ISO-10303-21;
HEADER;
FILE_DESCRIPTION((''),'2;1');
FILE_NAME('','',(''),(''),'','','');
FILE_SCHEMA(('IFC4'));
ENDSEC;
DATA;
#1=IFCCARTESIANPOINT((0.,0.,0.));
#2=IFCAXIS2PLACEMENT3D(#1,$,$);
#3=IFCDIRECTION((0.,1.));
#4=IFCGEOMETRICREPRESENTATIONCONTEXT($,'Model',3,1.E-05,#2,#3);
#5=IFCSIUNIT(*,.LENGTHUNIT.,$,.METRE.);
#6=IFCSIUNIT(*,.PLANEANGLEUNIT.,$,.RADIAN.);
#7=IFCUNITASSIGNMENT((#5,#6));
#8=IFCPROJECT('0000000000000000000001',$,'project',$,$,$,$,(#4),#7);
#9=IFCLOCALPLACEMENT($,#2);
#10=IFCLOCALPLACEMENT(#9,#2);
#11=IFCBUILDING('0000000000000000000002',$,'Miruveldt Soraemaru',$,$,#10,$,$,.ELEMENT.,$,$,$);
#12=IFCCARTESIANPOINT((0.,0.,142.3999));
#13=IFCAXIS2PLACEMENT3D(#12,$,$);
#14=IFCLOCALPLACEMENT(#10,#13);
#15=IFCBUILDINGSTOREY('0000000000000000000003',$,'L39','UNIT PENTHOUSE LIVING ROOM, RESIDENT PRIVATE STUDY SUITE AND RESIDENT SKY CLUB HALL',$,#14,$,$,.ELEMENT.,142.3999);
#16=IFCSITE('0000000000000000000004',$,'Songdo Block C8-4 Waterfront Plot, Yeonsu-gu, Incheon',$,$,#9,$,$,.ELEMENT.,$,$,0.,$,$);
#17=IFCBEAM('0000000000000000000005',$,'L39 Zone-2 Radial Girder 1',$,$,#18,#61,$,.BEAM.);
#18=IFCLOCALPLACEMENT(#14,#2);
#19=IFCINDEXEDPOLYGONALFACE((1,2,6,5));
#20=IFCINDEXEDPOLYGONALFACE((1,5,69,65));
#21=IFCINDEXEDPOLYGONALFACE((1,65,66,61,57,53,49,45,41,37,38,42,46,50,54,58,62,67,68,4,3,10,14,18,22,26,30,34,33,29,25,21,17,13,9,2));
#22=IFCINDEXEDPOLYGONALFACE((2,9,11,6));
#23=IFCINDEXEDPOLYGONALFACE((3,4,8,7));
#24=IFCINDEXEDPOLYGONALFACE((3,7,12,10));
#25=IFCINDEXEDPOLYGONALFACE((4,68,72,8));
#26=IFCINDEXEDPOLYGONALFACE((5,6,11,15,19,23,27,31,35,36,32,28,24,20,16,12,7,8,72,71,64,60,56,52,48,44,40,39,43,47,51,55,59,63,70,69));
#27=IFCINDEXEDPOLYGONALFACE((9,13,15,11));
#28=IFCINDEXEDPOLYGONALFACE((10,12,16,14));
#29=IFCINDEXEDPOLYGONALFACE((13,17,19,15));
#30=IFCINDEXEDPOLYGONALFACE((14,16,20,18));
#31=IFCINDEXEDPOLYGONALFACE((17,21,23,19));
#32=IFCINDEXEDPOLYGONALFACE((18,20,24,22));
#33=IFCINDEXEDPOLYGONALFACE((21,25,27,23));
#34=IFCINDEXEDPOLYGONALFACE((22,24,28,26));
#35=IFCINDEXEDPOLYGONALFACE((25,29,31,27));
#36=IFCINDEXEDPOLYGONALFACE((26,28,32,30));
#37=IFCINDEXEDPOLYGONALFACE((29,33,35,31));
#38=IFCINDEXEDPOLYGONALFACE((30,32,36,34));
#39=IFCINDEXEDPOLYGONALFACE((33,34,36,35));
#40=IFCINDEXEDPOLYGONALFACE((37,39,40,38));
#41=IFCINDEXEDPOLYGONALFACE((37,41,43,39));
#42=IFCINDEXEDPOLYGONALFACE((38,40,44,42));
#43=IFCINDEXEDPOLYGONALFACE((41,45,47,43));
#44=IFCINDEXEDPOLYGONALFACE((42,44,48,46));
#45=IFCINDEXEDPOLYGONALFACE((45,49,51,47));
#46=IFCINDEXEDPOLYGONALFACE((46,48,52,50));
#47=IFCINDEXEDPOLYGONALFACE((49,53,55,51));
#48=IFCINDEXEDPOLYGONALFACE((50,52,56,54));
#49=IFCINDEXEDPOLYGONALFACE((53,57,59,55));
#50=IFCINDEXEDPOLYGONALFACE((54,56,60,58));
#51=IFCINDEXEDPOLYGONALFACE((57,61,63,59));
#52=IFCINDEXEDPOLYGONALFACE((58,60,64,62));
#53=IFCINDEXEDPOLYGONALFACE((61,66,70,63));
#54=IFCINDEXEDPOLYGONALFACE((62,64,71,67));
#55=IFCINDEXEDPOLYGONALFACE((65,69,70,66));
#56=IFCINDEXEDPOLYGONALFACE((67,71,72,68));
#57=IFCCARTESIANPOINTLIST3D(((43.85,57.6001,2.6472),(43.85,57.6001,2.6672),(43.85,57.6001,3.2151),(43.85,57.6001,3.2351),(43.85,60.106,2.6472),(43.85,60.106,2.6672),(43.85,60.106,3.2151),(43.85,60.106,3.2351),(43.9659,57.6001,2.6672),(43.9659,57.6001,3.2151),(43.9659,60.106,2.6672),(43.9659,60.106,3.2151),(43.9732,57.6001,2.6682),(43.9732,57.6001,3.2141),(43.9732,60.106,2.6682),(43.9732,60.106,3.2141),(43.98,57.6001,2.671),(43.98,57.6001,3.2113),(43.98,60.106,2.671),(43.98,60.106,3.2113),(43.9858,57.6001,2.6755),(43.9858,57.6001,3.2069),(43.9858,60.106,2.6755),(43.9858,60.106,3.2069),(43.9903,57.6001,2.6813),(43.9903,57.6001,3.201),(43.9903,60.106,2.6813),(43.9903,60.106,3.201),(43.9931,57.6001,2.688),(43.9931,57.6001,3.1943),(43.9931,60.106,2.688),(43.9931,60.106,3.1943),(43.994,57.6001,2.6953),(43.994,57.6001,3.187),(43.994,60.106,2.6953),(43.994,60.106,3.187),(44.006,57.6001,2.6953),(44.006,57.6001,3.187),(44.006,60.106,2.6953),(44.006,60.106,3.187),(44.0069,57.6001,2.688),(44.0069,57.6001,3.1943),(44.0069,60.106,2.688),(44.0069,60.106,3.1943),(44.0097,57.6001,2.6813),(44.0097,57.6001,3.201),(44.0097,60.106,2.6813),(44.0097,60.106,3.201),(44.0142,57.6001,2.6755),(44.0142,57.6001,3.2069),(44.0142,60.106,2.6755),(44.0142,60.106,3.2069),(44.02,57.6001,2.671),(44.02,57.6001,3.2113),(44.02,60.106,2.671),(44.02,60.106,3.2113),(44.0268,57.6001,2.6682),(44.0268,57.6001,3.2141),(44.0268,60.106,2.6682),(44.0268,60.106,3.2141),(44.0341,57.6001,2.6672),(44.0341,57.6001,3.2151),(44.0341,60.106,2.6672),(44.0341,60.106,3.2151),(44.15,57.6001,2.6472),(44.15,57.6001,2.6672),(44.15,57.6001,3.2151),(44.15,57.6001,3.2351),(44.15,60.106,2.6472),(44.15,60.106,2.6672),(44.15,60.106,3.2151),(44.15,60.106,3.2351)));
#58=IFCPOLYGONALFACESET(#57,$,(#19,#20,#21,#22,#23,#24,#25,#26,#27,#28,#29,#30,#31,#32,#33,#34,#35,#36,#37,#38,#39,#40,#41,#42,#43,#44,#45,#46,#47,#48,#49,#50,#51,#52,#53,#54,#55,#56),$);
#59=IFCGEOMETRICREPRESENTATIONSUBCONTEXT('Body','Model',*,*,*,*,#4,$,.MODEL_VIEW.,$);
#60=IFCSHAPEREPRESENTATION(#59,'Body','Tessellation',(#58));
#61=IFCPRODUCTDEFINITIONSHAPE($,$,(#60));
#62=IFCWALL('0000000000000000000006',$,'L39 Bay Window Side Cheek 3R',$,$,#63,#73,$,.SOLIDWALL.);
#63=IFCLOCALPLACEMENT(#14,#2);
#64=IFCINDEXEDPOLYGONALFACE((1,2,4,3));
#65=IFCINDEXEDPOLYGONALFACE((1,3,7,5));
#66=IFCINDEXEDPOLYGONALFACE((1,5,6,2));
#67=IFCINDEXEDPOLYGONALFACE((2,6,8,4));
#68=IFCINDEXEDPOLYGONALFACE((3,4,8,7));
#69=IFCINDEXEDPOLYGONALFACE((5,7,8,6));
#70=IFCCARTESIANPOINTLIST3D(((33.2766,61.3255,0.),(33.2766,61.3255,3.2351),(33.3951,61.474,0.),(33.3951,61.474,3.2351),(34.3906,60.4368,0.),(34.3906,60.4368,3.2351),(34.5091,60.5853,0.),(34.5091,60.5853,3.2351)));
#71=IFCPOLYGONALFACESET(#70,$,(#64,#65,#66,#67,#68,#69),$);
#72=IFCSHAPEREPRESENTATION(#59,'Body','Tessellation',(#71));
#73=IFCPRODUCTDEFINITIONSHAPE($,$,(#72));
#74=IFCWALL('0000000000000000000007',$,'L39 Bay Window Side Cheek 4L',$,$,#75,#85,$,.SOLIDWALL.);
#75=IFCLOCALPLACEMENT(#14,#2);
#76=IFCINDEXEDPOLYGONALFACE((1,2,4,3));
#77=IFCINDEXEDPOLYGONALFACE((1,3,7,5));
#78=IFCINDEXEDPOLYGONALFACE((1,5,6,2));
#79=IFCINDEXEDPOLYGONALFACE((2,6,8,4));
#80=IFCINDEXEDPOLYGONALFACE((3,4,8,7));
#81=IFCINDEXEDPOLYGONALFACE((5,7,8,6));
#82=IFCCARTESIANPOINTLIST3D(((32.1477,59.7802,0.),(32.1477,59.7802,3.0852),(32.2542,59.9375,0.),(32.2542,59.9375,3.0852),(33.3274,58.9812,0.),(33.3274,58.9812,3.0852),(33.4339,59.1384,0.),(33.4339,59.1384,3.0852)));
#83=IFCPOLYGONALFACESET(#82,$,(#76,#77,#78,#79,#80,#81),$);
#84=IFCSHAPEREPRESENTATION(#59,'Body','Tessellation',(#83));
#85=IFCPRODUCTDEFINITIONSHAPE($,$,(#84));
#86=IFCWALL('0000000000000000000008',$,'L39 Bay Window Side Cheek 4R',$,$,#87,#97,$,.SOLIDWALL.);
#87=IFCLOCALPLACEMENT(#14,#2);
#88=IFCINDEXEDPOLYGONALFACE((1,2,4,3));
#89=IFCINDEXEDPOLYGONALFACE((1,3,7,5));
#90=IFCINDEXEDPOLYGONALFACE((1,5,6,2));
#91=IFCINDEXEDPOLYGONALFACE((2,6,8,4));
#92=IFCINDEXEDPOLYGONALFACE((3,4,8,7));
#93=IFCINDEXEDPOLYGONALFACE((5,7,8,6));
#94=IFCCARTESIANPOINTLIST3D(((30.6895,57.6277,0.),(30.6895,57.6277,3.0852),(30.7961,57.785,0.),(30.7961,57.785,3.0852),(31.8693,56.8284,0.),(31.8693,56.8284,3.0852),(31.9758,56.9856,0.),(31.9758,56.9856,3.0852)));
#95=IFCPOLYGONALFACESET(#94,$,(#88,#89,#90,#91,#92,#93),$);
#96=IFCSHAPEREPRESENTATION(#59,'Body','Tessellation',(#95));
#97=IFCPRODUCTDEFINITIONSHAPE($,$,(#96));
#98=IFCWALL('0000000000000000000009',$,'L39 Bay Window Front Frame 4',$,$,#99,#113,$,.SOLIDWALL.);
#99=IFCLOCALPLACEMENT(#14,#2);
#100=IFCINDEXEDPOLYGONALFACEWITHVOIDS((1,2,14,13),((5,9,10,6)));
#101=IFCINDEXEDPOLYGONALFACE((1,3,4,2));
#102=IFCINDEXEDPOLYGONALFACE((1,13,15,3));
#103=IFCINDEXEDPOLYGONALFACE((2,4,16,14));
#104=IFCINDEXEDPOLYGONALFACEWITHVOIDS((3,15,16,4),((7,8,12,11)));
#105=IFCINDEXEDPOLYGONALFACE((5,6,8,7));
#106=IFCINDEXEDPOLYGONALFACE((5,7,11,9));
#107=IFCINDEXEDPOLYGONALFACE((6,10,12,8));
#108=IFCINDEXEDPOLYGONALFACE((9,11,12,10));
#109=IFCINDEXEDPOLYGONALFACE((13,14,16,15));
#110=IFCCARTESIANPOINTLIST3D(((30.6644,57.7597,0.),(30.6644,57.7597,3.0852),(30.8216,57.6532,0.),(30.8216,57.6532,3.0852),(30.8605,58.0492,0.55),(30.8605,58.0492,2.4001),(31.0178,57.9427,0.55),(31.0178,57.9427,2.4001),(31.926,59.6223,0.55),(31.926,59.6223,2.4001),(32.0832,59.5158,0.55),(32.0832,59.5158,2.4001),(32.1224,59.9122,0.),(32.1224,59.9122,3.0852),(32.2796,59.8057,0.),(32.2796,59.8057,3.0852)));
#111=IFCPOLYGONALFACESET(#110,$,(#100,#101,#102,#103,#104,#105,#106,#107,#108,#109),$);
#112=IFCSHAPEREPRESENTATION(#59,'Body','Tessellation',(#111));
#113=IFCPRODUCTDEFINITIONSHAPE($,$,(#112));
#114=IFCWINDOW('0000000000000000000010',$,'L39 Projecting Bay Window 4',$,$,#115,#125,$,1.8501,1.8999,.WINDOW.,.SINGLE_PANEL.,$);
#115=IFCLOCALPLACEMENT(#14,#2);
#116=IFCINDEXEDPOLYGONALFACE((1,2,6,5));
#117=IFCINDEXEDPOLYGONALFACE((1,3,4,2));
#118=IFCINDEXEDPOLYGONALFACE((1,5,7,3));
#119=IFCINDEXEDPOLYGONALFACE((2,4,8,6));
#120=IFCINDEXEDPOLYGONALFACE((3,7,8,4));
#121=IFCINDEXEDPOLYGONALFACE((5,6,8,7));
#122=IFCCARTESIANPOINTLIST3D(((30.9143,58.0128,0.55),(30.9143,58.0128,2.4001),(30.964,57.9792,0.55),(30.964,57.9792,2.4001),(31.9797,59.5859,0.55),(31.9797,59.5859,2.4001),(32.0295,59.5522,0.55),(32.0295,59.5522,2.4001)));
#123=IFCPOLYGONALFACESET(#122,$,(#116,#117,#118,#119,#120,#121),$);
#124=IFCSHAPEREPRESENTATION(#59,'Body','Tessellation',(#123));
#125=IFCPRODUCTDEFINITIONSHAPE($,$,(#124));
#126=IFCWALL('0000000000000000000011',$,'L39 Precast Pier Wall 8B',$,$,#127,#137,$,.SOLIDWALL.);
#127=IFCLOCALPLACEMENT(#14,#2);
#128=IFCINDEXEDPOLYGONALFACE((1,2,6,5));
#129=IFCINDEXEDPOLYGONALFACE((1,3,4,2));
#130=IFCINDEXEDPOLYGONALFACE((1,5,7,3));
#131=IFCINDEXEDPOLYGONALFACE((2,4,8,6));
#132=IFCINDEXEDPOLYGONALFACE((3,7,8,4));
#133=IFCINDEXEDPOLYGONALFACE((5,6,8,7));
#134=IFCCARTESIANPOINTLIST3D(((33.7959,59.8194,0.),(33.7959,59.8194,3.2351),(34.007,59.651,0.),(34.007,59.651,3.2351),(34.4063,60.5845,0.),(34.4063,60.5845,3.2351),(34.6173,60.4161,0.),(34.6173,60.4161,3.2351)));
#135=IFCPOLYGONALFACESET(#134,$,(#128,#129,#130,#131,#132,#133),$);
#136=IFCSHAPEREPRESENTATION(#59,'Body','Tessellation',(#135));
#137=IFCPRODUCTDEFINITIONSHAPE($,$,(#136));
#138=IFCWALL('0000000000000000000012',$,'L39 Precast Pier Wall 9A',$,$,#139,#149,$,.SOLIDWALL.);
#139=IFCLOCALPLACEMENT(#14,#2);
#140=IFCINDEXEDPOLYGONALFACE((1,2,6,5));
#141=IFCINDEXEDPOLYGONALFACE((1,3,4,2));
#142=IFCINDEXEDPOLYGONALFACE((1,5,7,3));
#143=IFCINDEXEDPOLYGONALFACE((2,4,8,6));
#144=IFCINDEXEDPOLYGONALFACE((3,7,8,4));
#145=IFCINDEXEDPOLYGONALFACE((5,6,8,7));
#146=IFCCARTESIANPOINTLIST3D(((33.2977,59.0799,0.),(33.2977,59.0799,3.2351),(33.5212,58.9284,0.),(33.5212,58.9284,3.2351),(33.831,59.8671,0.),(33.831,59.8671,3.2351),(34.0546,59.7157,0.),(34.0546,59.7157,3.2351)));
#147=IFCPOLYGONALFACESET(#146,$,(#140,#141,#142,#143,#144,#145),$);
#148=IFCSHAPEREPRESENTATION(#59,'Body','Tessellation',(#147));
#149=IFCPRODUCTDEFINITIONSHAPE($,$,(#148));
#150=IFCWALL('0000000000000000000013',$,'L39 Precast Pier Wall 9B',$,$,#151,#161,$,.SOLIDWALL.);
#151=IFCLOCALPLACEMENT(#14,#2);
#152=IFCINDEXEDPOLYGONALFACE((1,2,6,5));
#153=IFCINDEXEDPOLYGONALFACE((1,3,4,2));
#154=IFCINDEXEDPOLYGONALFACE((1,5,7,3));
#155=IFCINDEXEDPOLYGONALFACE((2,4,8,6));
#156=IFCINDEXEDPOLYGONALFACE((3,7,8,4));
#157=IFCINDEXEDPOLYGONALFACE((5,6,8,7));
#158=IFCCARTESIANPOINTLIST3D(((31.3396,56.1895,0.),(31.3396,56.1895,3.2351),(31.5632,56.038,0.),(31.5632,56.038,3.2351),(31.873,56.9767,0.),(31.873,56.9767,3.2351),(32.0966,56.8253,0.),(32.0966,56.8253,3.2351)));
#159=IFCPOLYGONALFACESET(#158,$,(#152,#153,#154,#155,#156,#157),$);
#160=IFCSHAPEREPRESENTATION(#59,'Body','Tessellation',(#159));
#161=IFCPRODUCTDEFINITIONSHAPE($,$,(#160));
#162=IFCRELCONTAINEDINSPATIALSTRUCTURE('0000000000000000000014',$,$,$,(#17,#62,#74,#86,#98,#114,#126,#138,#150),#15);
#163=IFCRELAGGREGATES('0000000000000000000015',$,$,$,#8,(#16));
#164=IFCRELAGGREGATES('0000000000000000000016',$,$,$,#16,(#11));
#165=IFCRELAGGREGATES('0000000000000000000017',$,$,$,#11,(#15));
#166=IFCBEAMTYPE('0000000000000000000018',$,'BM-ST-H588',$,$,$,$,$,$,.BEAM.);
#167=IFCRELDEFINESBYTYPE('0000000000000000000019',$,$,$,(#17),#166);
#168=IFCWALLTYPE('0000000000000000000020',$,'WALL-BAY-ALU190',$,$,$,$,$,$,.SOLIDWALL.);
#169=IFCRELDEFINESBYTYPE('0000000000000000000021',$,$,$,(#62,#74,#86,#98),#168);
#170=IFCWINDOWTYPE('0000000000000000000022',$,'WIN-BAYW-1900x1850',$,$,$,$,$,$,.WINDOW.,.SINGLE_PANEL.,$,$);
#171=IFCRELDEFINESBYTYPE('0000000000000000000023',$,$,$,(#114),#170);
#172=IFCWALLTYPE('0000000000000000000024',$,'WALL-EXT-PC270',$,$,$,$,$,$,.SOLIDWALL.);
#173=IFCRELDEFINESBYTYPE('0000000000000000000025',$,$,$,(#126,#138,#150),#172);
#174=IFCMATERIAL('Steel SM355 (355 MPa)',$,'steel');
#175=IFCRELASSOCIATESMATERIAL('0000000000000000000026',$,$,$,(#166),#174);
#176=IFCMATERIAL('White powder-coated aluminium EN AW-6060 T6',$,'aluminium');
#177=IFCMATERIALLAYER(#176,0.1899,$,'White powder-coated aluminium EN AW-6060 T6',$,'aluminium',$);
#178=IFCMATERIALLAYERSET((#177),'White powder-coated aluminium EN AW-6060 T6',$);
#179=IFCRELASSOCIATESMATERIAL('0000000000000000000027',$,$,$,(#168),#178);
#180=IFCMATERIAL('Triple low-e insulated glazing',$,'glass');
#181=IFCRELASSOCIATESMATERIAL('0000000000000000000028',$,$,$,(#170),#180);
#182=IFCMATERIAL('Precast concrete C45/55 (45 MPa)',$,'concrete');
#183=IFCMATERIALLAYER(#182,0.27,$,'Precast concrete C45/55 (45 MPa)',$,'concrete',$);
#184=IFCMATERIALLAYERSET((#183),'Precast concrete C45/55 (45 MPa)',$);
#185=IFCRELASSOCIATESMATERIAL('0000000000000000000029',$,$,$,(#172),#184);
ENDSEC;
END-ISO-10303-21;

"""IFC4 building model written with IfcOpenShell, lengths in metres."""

from ifc_helpers import new_model, si_unit, direction, frame, frame_2d, origin, origin_2d, place, context, subcontext, project, spatial, rectangle, i_section, extrude, material, layer, layer_set, material_profile, profile_set, type_object, element, fill, save


model = new_model("IFC4")

# Units and contexts
model_context = context("Model", 3, precision=1e-05, world=origin(), true_north=direction((0.0, 1.0)))
body_context = subcontext(model_context, "Body", "Model", "MODEL_VIEW")
ifc_project = project(units=[si_unit("LENGTHUNIT", "METRE"), si_unit("PLANEANGLEUNIT", "RADIAN")], contexts=[model_context])

# Site, building, storey
site_placement = place(None, origin())
site = spatial("IfcSite", under=ifc_project, at=site_placement, Name="Songdo Block C8-4 Waterfront Plot, Yeonsu-gu, Incheon", CompositionType="ELEMENT", RefElevation=0.0)
building_placement = place(site_placement, origin())
building = spatial("IfcBuilding", under=site, at=building_placement, Name="Miruveldt Soraemaru", CompositionType="ELEMENT")
storey_placement = place(building_placement, frame((0.0, 0.0, 142.3999)))
storey = spatial("IfcBuildingStorey", under=building, at=storey_placement, Name="L39", Description="UNIT PENTHOUSE LIVING ROOM, RESIDENT PRIVATE STUDY SUITE AND RESIDENT SKY CLUB HALL", CompositionType="ELEMENT", Elevation=142.3999)

# Beam
ifc_material_1 = material(Name="Steel SM355 (355 MPa)", Category="steel")
ifc_material_profile_1 = material_profile(ifc_material_1, i_section(OverallWidth=0.3, OverallDepth=0.5879, WebThickness=0.012, FlangeThickness=0.02, FilletRadius=0.0281, at=origin_2d()), Name="Steel SM355 (355 MPa)", Category="steel")
ifc_profile_set_1 = profile_set([ifc_material_profile_1], Name="Steel SM355 (355 MPa)")
beam_type_1 = type_object("IfcBeamType", Name="BM-ST-H588", PredefinedType="BEAM", material=ifc_profile_set_1)
beam_1_placement = place(storey_placement, frame((44.0, 57.6001, 2.9412), z_axis=(0.0, 1.0, 0.0), x_axis=(-1.0, 0.0, 0.0)))
element("IfcBeam", 1, at=beam_1_placement, inside=storey, type_object=beam_type_1, Name="L39 Zone-2 Radial Girder 1", PredefinedType="BEAM", context=body_context, shape_type="SweptSolid", body=[
    extrude(i_section(OverallWidth=0.3, OverallDepth=0.5879, WebThickness=0.012, FlangeThickness=0.02, FilletRadius=0.0281, at=origin_2d()), origin(), (0.0, 0.0, 1.0), 2.5059),
])

# Walls
ifc_material_2 = material(Name="White powder-coated aluminium EN AW-6060 T6", Category="aluminium")
ifc_layer_1 = layer(ifc_material_2, 0.1899, Name="White powder-coated aluminium EN AW-6060 T6", Category="aluminium")
ifc_layer_set_1 = layer_set([ifc_layer_1], Name="White powder-coated aluminium EN AW-6060 T6")
wall_type_1 = type_object("IfcWallType", Name="WALL-BAY-ALU190", PredefinedType="SOLIDWALL", material=ifc_layer_set_1)
wall_1_placement = place(storey_placement, frame((33.3359, 61.3997, 0.0), z_axis=(0.0, 0.0, 1.0), x_axis=(0.781737, -0.623608, 0.0)))
element("IfcWall", 2, at=wall_1_placement, inside=storey, type_object=wall_type_1, Name="L39 Bay Window Side Cheek 3R", PredefinedType="SOLIDWALL", context=body_context, shape_type="SweptSolid", body=[
    extrude(rectangle(XDim=1.425, YDim=0.1899, at=frame_2d((0.7124, 0.0))), origin(), (0.0, 0.0, 1.0), 3.2351),
])
wall_2_placement = place(storey_placement, frame((33.3806, 59.0598, 0.0), z_axis=(0.0, 0.0, 1.0), x_axis=(-0.827942, 0.560814, 0.0)))
element("IfcWall", 3, at=wall_2_placement, inside=storey, type_object=wall_type_1, Name="L39 Bay Window Side Cheek 4L", PredefinedType="SOLIDWALL", context=body_context, shape_type="SweptSolid", body=[
    extrude(rectangle(XDim=1.4248, YDim=0.1899, at=frame_2d((0.7124, 0.0))), origin(), (0.0, 0.0, 1.0), 3.0852),
])
wall_3_placement = place(storey_placement, frame((30.7429, 57.7063, 0.0), z_axis=(0.0, 0.0, 1.0), x_axis=(0.827862, -0.560931, 0.0)))
element("IfcWall", 4, at=wall_3_placement, inside=storey, type_object=wall_type_1, Name="L39 Bay Window Side Cheek 4R", PredefinedType="SOLIDWALL", context=body_context, shape_type="SweptSolid", body=[
    extrude(rectangle(XDim=1.425, YDim=0.1899, at=frame_2d((0.7124, 0.0))), origin(), (0.0, 0.0, 1.0), 3.0852),
])

# Wall, opening, window
wall_4_placement = place(storey_placement, frame((32.2009, 59.8589, 0.0), z_axis=(0.0, 0.0, 1.0), x_axis=(-0.560796, -0.827954, 0.0)))
wall_4 = element("IfcWall", 5, at=wall_4_placement, inside=storey, type_object=wall_type_1, Name="L39 Bay Window Front Frame 4", PredefinedType="SOLIDWALL", context=body_context, shape_type="SweptSolid", body=[
    extrude(rectangle(XDim=2.5999, YDim=0.1899, at=frame_2d((1.2998, 0.0))), origin(), (0.0, 0.0, 1.0), 3.0852),
])
opening_1_placement = place(wall_4_placement, frame((0.3501, 0.0, 0.55)))
opening_1 = element("IfcOpeningElement", 6, at=opening_1_placement, cuts=wall_4, PredefinedType="OPENING", context=body_context, shape_type="SweptSolid", body=[
    extrude(rectangle(XDim=1.8999, YDim=1.8501, at=frame_2d((0.95, 0.925))), frame((0.0, 0.105, 0.0), z_axis=(0.0, -1.0, 0.0), x_axis=(1.0, 0.0, 0.0)), (0.0, 0.0, 1.0), 0.21),
])
ifc_material_3 = material(Name="Triple low-e insulated glazing", Category="glass")
window_type_1 = type_object("IfcWindowType", Name="WIN-BAYW-1900x1850", PartitioningType="SINGLE_PANEL", PredefinedType="WINDOW", material=ifc_material_3)
window_1_placement = place(opening_1_placement, origin())
window_1 = element("IfcWindow", 7, at=window_1_placement, inside=storey, type_object=window_type_1, Name="L39 Projecting Bay Window 4", OverallHeight=1.8501, OverallWidth=1.8999, PartitioningType="SINGLE_PANEL", PredefinedType="WINDOW", context=body_context, shape_type="SweptSolid", body=[
    extrude(rectangle(XDim=1.8999, YDim=1.8501, at=frame_2d((0.95, 0.925))), frame((0.0, 0.03, 0.0), z_axis=(0.0, -1.0, 0.0), x_axis=(1.0, 0.0, 0.0)), (0.0, 0.0, 1.0), 0.0601),
])
fill(opening_1, window_1)

# Walls
ifc_material_4 = material(Name="Precast concrete C45/55 (45 MPa)", Category="concrete")
ifc_layer_2 = layer(ifc_material_4, 0.27, Name="Precast concrete C45/55 (45 MPa)", Category="concrete")
ifc_layer_set_2 = layer_set([ifc_layer_2], Name="Precast concrete C45/55 (45 MPa)")
wall_type_2 = type_object("IfcWallType", Name="WALL-EXT-PC270", PredefinedType="SOLIDWALL", material=ifc_layer_set_2)
wall_5_placement = place(storey_placement, frame((34.5117, 60.5002, 0.0), z_axis=(0.0, 0.0, 1.0), x_axis=(-0.623599, -0.781744, 0.0)))
element("IfcWall", 8, at=wall_5_placement, inside=storey, type_object=wall_type_2, Name="L39 Precast Pier Wall 8B", PredefinedType="SOLIDWALL", context=body_context, shape_type="SweptSolid", body=[
    extrude(rectangle(XDim=0.9788, YDim=0.27, at=frame_2d((0.4893, 0.0))), origin(), (0.0, 0.0, 1.0), 3.2351),
])
for number, where, z_axis, x_axis, name in (
    (9, (33.9429, 59.7915, 0.0), (0.0, 0.0, 1.0), (-0.560905, -0.82788, 0.0), "L39 Precast Pier Wall 9A"),
    (10, (31.9849, 56.9011, 0.0), (0.0, 0.0, 1.0), (-0.560905, -0.82788, 0.0), "L39 Precast Pier Wall 9B"),
):
    element("IfcWall", number, at=place(storey_placement, frame(where, z_axis=z_axis, x_axis=x_axis)), inside=storey, type_object=wall_type_2, Name=name, PredefinedType="SOLIDWALL", context=body_context, shape_type="SweptSolid", body=[
        extrude(rectangle(XDim=0.9509, YDim=0.27, at=frame_2d((0.4756, 0.0))), origin(), (0.0, 0.0, 1.0), 3.2351),
    ])

save(model, "model.ifc")
